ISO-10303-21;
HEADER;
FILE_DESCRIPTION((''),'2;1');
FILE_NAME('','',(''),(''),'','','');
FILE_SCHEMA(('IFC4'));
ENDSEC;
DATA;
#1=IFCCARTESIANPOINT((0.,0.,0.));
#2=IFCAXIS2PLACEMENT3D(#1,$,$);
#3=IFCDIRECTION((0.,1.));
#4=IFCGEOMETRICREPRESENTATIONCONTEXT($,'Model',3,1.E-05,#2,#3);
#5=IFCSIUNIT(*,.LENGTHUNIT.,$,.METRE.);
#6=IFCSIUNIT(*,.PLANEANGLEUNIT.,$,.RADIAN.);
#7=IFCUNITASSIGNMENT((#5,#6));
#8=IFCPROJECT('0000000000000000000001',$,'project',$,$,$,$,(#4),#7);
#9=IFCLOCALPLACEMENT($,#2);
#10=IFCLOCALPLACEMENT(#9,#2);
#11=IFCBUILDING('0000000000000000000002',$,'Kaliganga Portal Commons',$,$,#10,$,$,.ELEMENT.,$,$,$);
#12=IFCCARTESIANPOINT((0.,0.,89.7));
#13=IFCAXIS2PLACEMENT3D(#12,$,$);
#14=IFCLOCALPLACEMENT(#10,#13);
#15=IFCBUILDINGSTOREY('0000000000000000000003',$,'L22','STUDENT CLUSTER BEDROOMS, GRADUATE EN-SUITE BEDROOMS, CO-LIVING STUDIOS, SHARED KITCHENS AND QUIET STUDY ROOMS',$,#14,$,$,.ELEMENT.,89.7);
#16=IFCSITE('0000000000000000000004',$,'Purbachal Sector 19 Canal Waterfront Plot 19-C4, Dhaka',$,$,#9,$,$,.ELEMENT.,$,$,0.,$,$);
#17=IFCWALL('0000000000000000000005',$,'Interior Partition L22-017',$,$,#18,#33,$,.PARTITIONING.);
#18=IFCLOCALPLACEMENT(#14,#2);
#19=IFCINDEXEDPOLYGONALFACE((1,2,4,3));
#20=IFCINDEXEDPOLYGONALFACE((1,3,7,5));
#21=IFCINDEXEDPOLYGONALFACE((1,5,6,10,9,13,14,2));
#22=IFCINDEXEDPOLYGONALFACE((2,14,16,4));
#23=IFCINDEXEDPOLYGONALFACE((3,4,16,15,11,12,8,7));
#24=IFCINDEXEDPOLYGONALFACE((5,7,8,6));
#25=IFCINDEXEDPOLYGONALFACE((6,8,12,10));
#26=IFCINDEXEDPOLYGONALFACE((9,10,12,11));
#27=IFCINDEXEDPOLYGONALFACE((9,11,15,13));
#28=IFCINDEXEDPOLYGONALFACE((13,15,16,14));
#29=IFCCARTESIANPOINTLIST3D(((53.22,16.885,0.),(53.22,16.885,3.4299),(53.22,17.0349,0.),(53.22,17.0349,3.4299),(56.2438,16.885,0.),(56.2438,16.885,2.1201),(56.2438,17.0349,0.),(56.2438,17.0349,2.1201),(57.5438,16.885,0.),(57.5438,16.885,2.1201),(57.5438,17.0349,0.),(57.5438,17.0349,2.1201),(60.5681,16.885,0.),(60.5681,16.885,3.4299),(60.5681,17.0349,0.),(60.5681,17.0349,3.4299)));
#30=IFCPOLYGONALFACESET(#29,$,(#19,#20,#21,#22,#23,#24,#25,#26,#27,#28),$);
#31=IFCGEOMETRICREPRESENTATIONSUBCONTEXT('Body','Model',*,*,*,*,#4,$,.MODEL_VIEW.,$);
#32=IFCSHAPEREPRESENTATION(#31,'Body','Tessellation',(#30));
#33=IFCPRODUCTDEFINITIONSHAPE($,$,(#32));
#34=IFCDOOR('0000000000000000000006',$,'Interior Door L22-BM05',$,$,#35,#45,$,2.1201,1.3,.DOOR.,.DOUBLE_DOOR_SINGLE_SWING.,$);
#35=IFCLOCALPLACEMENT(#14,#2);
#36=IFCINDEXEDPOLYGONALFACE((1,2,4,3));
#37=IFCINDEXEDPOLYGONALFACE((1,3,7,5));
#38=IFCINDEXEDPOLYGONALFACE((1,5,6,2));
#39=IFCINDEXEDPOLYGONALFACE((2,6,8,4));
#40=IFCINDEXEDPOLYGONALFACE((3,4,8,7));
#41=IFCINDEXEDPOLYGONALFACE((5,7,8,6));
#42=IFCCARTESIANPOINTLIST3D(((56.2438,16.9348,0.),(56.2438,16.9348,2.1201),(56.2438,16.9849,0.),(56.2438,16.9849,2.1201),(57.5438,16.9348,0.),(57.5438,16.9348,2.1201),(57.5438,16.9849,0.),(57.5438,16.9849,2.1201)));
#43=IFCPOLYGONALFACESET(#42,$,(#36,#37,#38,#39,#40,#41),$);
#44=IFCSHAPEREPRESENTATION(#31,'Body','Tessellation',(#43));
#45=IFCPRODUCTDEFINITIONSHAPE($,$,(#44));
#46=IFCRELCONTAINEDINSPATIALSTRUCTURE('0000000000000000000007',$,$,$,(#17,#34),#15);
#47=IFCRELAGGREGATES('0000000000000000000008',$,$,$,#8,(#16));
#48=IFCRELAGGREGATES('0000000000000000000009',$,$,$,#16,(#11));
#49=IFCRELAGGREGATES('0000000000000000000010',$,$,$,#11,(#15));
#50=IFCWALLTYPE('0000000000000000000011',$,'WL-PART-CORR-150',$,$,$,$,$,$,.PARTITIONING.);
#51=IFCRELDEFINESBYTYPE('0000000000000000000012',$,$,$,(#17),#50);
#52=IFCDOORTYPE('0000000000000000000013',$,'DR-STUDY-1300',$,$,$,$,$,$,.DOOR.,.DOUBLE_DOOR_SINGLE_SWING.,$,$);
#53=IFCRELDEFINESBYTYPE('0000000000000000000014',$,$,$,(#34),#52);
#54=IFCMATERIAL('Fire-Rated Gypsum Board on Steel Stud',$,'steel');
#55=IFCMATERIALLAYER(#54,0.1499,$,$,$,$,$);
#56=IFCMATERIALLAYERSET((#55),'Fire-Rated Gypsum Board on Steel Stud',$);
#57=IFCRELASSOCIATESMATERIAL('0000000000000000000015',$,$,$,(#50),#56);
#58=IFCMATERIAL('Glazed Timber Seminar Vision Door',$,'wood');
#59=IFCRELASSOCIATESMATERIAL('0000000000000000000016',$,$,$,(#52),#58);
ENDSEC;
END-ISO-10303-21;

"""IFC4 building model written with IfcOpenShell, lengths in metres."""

from ifc_helpers import new_model, si_unit, direction, frame, frame_2d, origin, place, context, subcontext, project, spatial, rectangle, extrude, material, layer, layer_set, type_object, element, fill, save


model = new_model("IFC4")

# Units and contexts
model_context = context("Model", 3, precision=1e-05, world=origin(), true_north=direction((0.0, 1.0)))
body_context = subcontext(model_context, "Body", "Model", "MODEL_VIEW")
ifc_project = project(units=[si_unit("LENGTHUNIT", "METRE"), si_unit("PLANEANGLEUNIT", "RADIAN")], contexts=[model_context])

# Site, building, storey
site_placement = place(None, origin())
site = spatial("IfcSite", under=ifc_project, at=site_placement, Name="Purbachal Sector 19 Canal Waterfront Plot 19-C4, Dhaka", CompositionType="ELEMENT", RefElevation=0.0)
building_placement = place(site_placement, origin())
building = spatial("IfcBuilding", under=site, at=building_placement, Name="Kaliganga Portal Commons", CompositionType="ELEMENT")
storey_placement = place(building_placement, frame((0.0, 0.0, 89.7)))
storey = spatial("IfcBuildingStorey", under=building, at=storey_placement, Name="L22", Description="STUDENT CLUSTER BEDROOMS, GRADUATE EN-SUITE BEDROOMS, CO-LIVING STUDIOS, SHARED KITCHENS AND QUIET STUDY ROOMS", CompositionType="ELEMENT", Elevation=89.7)

# Shared definitions
ifc_material_1 = material(Name="Fire-Rated Gypsum Board on Steel Stud", Category="steel")
ifc_layer_1 = layer(ifc_material_1, 0.1499)
ifc_layer_set_1 = layer_set([ifc_layer_1], Name="Fire-Rated Gypsum Board on Steel Stud")
wall_type_1 = type_object("IfcWallType", Name="WL-PART-CORR-150", PredefinedType="PARTITIONING", material=ifc_layer_set_1)

# Wall, opening, door
wall_1_placement = place(storey_placement, frame((53.22, 16.96, 0.0), z_axis=(0.0, 0.0, 1.0), x_axis=(1.0, 0.0, 0.0)))
wall_1 = element("IfcWall", 1, at=wall_1_placement, inside=storey, type_object=wall_type_1, Name="Interior Partition L22-017", PredefinedType="PARTITIONING", context=body_context, shape_type="SweptSolid", body=[
    extrude(rectangle(XDim=7.3481, YDim=0.1499, at=frame_2d((3.6741, 0.0))), origin(), (0.0, 0.0, 1.0), 3.4299),
])
opening_1_placement = place(wall_1_placement, frame((3.0239, 0.0, 0.0)))
opening_1 = element("IfcOpeningElement", 2, at=opening_1_placement, cuts=wall_1, PredefinedType="OPENING", context=body_context, shape_type="SweptSolid", body=[
    extrude(rectangle(XDim=1.3, YDim=2.1201, at=frame_2d((0.6499, 1.0601))), frame((0.0, 0.085, 0.0), z_axis=(0.0, -1.0, 0.0), x_axis=(1.0, 0.0, 0.0)), (0.0, 0.0, 1.0), 0.1699),
])
ifc_material_2 = material(Name="Glazed Timber Seminar Vision Door", Category="wood")
door_type_1 = type_object("IfcDoorType", Name="DR-STUDY-1300", OperationType="DOUBLE_DOOR_SINGLE_SWING", PredefinedType="DOOR", material=ifc_material_2)
door_1_placement = place(opening_1_placement, origin())
door_1 = element("IfcDoor", 3, at=door_1_placement, inside=storey, type_object=door_type_1, Name="Interior Door L22-BM05", OperationType="DOUBLE_DOOR_SINGLE_SWING", OverallHeight=2.1201, OverallWidth=1.3, PredefinedType="DOOR", context=body_context, shape_type="SweptSolid", body=[
    extrude(rectangle(XDim=1.3, YDim=2.1201, at=frame_2d((0.6499, 1.0601))), frame((0.0, 0.0249, 0.0), z_axis=(0.0, -1.0, 0.0), x_axis=(1.0, 0.0, 0.0)), (0.0, 0.0, 1.0), 0.05),
])
fill(opening_1, door_1)

save(model, "model.ifc")
